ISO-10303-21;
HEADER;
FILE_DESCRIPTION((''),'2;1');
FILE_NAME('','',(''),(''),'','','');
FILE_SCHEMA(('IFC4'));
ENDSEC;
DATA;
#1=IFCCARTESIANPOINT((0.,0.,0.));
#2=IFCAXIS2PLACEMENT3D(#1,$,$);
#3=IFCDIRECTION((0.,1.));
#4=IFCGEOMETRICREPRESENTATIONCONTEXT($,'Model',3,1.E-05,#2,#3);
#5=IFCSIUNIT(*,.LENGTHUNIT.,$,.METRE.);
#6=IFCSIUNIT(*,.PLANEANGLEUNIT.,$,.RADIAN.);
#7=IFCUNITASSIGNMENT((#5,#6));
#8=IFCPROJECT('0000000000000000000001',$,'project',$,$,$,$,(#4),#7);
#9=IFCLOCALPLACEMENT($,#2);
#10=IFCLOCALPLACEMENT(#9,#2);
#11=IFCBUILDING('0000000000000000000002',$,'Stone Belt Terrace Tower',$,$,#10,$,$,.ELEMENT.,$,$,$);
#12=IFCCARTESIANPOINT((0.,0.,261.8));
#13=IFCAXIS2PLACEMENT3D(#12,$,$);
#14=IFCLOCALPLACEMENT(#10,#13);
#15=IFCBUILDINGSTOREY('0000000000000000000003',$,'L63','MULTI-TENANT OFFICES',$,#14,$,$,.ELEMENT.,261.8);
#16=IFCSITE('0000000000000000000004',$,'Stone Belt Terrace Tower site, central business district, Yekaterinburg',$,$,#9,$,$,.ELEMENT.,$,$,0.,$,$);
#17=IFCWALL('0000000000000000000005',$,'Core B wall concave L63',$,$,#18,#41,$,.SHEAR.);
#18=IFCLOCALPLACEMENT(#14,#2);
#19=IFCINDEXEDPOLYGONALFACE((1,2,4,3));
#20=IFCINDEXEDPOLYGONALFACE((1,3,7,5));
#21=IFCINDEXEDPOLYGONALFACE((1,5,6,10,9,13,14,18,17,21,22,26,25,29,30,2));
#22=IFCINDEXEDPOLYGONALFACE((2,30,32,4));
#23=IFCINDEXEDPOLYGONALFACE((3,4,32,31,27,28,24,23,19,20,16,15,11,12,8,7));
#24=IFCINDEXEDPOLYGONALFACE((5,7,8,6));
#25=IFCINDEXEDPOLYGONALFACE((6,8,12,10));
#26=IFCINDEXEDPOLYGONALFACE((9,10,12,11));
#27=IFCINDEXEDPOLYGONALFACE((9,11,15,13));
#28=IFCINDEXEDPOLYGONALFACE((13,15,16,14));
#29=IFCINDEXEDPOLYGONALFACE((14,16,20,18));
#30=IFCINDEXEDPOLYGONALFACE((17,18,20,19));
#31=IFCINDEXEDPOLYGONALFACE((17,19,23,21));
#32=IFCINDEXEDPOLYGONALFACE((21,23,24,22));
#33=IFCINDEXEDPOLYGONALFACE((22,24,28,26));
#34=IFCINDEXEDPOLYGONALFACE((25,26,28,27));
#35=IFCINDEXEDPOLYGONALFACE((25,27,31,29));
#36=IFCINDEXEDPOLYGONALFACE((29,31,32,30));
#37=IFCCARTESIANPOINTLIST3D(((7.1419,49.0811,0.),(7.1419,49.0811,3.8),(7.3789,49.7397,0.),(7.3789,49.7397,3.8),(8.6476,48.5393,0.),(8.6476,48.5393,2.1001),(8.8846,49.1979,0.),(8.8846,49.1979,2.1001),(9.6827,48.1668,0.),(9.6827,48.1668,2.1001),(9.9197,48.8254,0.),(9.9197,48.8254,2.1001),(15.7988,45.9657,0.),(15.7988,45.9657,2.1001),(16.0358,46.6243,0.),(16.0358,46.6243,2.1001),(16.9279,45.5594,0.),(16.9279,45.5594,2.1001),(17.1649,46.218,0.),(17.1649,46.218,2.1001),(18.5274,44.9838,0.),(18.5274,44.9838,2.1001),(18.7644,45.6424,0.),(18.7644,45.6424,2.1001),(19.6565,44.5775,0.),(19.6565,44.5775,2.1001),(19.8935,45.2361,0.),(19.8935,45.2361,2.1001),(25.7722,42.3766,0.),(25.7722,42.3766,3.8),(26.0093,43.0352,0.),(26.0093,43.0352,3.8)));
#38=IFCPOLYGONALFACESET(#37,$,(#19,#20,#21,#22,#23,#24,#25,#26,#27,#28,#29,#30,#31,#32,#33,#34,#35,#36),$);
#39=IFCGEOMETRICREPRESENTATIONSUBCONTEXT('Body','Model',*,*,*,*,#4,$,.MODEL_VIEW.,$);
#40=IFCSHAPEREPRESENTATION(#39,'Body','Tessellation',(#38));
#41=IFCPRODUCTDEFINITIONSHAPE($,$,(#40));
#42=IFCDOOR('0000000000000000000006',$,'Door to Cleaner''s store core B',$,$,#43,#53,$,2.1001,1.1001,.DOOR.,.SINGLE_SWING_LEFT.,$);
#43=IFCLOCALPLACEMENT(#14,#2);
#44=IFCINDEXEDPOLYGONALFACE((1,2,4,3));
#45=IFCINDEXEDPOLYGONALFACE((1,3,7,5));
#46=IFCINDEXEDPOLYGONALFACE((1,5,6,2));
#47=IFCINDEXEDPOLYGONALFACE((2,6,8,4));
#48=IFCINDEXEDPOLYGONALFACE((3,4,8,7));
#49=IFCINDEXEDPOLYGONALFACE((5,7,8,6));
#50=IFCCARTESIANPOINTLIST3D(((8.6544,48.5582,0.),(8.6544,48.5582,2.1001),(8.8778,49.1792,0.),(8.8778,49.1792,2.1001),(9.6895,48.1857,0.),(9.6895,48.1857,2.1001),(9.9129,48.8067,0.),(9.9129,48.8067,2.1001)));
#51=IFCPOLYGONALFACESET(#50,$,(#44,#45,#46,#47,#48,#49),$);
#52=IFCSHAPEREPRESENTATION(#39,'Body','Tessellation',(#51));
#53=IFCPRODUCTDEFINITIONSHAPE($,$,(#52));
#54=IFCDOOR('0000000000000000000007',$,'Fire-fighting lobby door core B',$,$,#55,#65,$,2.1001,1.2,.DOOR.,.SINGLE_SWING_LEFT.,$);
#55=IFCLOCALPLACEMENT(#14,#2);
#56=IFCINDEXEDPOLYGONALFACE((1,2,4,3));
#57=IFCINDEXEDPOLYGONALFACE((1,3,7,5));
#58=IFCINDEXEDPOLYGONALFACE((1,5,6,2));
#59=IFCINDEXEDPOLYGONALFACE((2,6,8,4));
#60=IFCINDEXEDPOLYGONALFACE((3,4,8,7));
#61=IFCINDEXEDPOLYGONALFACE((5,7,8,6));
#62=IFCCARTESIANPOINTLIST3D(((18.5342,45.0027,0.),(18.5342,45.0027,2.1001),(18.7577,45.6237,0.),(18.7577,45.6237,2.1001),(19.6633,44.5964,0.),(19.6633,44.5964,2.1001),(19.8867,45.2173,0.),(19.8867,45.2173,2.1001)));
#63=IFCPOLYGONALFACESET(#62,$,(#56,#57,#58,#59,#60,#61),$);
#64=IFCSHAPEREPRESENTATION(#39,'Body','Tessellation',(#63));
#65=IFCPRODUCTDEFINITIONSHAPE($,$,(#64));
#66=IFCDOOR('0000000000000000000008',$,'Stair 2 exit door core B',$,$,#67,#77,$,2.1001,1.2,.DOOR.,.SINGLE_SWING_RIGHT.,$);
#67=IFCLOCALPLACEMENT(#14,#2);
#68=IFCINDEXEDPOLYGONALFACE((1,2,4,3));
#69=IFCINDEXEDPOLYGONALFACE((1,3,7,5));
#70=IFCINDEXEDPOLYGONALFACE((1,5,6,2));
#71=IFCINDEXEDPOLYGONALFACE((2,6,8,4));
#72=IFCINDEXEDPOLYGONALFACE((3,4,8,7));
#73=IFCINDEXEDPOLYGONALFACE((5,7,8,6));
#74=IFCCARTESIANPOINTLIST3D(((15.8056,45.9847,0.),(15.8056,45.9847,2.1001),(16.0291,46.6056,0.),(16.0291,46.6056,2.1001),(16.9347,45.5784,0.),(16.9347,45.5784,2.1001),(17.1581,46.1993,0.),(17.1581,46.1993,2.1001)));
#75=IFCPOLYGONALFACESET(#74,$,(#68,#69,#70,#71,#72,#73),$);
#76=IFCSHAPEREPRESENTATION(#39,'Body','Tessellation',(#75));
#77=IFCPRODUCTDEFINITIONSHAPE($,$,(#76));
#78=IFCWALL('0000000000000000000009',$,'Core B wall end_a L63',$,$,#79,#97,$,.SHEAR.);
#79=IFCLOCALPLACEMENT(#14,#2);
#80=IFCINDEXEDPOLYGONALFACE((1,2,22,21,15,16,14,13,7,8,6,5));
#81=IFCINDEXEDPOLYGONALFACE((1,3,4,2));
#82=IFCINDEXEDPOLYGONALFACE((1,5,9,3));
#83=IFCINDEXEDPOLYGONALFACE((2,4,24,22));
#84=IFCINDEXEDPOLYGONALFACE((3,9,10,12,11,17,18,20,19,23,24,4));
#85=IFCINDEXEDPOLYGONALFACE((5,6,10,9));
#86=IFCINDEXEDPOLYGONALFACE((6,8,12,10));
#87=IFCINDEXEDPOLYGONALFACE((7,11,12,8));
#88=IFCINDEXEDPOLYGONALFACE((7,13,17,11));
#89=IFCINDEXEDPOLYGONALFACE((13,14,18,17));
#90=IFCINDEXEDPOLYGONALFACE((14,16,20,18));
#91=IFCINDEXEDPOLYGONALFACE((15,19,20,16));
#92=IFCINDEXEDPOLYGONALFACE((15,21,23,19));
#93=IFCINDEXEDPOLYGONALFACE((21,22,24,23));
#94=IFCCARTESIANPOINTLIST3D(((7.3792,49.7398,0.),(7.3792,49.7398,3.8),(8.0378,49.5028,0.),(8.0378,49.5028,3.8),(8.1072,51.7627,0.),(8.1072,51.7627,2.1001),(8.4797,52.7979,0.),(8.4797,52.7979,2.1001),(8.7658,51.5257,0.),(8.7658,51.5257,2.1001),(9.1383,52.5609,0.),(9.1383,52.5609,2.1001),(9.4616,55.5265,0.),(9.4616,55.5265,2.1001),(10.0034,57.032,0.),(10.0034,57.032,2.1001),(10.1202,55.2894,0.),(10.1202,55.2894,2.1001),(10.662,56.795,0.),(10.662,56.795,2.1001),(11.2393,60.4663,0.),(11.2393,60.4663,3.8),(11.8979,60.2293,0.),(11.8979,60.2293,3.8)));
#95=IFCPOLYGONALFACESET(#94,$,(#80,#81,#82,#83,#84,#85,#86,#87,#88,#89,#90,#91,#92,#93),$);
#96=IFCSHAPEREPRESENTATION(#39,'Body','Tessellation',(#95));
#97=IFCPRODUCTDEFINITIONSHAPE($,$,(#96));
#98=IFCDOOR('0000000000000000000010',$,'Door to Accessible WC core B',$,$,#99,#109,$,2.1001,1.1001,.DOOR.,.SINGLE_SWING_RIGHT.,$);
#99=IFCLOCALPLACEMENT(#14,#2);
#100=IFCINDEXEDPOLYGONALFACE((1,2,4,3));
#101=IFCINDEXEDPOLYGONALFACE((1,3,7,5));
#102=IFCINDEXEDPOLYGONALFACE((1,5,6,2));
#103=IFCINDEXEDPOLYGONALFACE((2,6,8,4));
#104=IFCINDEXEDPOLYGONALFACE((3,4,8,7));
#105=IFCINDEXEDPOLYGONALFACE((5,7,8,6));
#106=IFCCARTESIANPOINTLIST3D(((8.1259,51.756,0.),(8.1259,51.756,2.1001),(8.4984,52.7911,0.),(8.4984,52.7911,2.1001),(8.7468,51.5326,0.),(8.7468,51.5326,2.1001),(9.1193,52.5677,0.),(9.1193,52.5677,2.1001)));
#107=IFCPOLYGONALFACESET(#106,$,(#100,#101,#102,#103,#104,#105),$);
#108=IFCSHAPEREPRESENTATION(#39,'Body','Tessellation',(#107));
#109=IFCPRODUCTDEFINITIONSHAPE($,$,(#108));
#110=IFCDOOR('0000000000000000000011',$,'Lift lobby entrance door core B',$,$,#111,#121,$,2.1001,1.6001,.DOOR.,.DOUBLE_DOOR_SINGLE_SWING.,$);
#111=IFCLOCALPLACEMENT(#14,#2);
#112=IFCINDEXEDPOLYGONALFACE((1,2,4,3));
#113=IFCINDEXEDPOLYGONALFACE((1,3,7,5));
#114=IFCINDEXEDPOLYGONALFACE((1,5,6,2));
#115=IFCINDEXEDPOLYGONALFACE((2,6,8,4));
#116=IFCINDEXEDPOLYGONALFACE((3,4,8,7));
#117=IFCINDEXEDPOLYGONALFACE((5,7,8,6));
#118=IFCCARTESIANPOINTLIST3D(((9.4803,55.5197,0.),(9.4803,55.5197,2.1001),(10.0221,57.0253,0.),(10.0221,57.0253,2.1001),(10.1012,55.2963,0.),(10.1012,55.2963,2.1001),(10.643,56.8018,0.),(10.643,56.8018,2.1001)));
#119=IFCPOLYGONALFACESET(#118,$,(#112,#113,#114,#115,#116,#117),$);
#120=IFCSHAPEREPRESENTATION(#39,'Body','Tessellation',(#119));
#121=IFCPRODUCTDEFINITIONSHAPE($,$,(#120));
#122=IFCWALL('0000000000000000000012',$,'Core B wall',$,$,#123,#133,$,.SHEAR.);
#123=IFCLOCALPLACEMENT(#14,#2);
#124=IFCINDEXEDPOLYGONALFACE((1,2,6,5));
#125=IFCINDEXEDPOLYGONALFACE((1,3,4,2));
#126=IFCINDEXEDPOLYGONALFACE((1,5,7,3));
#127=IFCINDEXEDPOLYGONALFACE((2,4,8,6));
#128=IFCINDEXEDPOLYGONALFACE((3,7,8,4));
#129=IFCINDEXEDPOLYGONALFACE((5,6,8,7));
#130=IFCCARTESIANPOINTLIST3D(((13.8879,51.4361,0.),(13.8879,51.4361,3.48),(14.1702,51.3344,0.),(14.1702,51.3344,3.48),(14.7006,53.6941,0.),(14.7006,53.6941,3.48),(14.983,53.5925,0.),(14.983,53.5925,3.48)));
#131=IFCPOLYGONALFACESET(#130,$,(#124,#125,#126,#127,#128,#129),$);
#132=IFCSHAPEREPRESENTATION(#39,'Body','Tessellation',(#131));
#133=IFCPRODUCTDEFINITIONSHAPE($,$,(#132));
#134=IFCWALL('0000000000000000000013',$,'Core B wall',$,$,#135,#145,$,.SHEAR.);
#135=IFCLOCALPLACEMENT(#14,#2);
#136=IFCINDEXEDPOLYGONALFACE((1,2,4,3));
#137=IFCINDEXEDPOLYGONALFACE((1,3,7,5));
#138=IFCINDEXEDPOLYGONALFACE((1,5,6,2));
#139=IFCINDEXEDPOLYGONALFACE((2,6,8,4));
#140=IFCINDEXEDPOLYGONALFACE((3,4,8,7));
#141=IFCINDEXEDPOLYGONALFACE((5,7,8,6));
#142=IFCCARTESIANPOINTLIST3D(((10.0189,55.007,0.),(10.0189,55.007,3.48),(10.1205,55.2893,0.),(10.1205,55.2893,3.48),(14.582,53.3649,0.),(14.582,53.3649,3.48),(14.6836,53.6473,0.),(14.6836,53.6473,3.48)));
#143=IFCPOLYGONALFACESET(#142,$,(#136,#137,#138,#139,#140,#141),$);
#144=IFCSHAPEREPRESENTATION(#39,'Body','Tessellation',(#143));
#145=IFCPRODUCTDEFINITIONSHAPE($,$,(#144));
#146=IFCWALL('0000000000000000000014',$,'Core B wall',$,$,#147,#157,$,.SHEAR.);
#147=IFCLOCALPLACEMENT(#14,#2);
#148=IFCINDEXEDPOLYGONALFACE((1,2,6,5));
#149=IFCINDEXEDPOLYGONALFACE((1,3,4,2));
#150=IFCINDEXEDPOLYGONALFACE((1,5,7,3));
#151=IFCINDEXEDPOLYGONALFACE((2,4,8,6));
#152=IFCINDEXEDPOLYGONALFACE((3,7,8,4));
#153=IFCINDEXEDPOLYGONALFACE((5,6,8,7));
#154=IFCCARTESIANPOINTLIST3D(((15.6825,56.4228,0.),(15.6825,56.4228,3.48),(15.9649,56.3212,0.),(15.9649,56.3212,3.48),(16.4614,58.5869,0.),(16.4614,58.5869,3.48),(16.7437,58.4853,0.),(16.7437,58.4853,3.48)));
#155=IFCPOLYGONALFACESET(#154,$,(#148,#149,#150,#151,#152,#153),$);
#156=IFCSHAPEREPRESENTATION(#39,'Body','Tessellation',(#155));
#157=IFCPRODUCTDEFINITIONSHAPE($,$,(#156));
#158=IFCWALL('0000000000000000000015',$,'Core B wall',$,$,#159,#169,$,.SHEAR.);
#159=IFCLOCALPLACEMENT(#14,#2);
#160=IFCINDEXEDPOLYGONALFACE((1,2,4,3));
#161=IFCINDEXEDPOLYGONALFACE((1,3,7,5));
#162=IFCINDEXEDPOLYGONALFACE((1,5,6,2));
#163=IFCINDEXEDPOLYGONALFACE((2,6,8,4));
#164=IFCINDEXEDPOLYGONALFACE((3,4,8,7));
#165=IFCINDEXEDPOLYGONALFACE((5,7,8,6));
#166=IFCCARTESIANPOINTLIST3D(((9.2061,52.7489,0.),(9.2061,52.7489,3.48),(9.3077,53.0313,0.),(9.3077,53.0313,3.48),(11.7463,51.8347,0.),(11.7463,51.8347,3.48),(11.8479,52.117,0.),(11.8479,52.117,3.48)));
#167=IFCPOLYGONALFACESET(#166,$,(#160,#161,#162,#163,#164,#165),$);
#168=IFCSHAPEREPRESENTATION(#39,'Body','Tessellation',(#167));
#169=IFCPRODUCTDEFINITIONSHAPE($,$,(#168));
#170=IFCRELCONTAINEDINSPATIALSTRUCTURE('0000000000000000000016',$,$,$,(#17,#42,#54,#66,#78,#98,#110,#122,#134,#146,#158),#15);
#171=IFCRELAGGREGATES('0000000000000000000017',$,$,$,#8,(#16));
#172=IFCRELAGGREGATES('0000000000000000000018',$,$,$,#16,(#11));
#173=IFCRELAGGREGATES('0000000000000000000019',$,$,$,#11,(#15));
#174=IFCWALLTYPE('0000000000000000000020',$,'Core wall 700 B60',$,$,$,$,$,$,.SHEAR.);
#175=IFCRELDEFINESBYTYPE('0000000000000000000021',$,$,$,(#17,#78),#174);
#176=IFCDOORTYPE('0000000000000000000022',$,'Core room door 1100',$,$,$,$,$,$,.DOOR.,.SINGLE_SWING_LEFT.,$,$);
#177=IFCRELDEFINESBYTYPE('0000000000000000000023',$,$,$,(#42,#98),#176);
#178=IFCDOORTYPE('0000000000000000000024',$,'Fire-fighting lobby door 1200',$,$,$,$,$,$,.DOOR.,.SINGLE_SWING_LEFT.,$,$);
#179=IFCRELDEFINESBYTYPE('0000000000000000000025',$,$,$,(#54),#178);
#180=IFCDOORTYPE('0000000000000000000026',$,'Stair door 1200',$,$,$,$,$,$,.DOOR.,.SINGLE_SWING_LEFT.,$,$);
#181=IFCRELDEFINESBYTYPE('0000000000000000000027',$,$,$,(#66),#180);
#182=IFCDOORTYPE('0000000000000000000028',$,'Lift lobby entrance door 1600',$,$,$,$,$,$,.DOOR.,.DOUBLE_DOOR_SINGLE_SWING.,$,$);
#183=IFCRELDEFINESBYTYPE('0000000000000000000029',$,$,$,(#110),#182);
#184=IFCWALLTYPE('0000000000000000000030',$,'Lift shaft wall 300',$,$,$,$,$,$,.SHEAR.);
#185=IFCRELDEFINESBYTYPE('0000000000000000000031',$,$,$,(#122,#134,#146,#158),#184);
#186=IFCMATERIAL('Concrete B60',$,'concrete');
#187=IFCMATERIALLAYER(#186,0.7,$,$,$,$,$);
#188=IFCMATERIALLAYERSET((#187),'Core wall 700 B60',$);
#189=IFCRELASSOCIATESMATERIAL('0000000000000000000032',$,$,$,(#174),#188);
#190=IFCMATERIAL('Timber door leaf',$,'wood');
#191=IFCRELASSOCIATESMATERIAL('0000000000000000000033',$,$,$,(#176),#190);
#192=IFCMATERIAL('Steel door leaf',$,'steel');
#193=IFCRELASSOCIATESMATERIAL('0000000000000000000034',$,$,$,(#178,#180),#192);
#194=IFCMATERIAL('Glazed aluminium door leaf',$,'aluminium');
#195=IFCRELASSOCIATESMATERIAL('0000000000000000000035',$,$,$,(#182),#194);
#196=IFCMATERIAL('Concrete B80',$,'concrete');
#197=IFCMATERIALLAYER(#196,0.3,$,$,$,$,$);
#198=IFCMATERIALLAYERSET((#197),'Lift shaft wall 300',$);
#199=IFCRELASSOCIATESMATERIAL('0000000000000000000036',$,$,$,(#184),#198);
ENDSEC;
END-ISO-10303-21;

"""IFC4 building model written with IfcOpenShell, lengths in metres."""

from ifc_helpers import new_model, si_unit, direction, frame, frame_2d, origin, place, context, subcontext, project, spatial, rectangle, extrude, material, layer, layer_set, type_object, element, fill, save


model = new_model("IFC4")

# Units and contexts
model_context = context("Model", 3, precision=1e-05, world=origin(), true_north=direction((0.0, 1.0)))
body_context = subcontext(model_context, "Body", "Model", "MODEL_VIEW")
ifc_project = project(units=[si_unit("LENGTHUNIT", "METRE"), si_unit("PLANEANGLEUNIT", "RADIAN")], contexts=[model_context])

# Site, building, storey
site_placement = place(None, origin())
site = spatial("IfcSite", under=ifc_project, at=site_placement, Name="Stone Belt Terrace Tower site, central business district, Yekaterinburg", CompositionType="ELEMENT", RefElevation=0.0)
building_placement = place(site_placement, origin())
building = spatial("IfcBuilding", under=site, at=building_placement, Name="Stone Belt Terrace Tower", CompositionType="ELEMENT")
storey_placement = place(building_placement, frame((0.0, 0.0, 261.8)))
storey = spatial("IfcBuildingStorey", under=building, at=storey_placement, Name="L63", Description="MULTI-TENANT OFFICES", CompositionType="ELEMENT", Elevation=261.8)

# Shared definitions
ifc_material_1 = material(Name="Concrete B60", Category="concrete")

# Shared definitions
ifc_material_2 = material(Name="Glazed aluminium door leaf", Category="aluminium")

# Shared definitions
ifc_material_3 = material(Name="Timber door leaf", Category="wood")

# Walls, openings, doors
ifc_layer_1 = layer(ifc_material_1, 0.7)
ifc_layer_set_1 = layer_set([ifc_layer_1], Name="Core wall 700 B60")
wall_type_1 = type_object("IfcWallType", Name="Core wall 700 B60", PredefinedType="SHEAR", material=ifc_layer_set_1)
wall_1_placement = place(storey_placement, frame((7.2605, 49.4104, 0.0), z_axis=(0.0, 0.0, 1.0), x_axis=(0.940925, -0.338615, 0.0)))
wall_1 = element("IfcWall", 1, at=wall_1_placement, inside=storey, type_object=wall_type_1, Name="Core B wall concave L63", PredefinedType="SHEAR", context=body_context, shape_type="SweptSolid", body=[
    extrude(rectangle(XDim=19.8, YDim=0.7, at=frame_2d((9.8999, 0.0))), origin(), (0.0, 0.0, 1.0), 3.8),
])
opening_1_placement = place(wall_1_placement, frame((12.1001, 0.0, 0.0)))
opening_1 = element("IfcOpeningElement", 2, at=opening_1_placement, cuts=wall_1, PredefinedType="OPENING", context=body_context, shape_type="SweptSolid", body=[
    extrude(rectangle(XDim=1.2, YDim=2.1001, at=frame_2d((0.6001, 1.05))), frame((0.0, 0.3599, 0.0), z_axis=(0.0, -1.0, 0.0), x_axis=(1.0, 0.0, 0.0)), (0.0, 0.0, 1.0), 0.72),
])
opening_2_placement = place(wall_1_placement, frame((9.2002, 0.0, 0.0)))
opening_2 = element("IfcOpeningElement", 3, at=opening_2_placement, cuts=wall_1, PredefinedType="OPENING", context=body_context, shape_type="SweptSolid", body=[
    extrude(rectangle(XDim=1.2, YDim=2.1001, at=frame_2d((0.6001, 1.05))), frame((0.0, 0.3599, 0.0), z_axis=(0.0, -1.0, 0.0), x_axis=(1.0, 0.0, 0.0)), (0.0, 0.0, 1.0), 0.72),
])
opening_3_placement = place(wall_1_placement, frame((1.6001, 0.0, 0.0)))
opening_3 = element("IfcOpeningElement", 4, at=opening_3_placement, cuts=wall_1, PredefinedType="OPENING", context=body_context, shape_type="SweptSolid", body=[
    extrude(rectangle(XDim=1.1001, YDim=2.1001, at=frame_2d((0.55, 1.05))), frame((0.0, 0.3599, 0.0), z_axis=(0.0, -1.0, 0.0), x_axis=(1.0, 0.0, 0.0)), (0.0, 0.0, 1.0), 0.72),
])
door_type_1 = type_object("IfcDoorType", Name="Core room door 1100", OperationType="SINGLE_SWING_LEFT", PredefinedType="DOOR", material=ifc_material_3)
door_1_placement = place(opening_3_placement, origin())
door_1 = element("IfcDoor", 5, at=door_1_placement, inside=storey, type_object=door_type_1, Name="Door to Cleaner's store core B", OperationType="SINGLE_SWING_LEFT", OverallHeight=2.1001, OverallWidth=1.1001, PredefinedType="DOOR", context=body_context, shape_type="SweptSolid", body=[
    extrude(rectangle(XDim=1.1001, YDim=2.1001, at=frame_2d((0.55, 1.05))), frame((0.0, 0.3301, 0.0), z_axis=(0.0, -1.0, 0.0), x_axis=(1.0, 0.0, 0.0)), (0.0, 0.0, 1.0), 0.6599),
])
fill(opening_3, door_1)
ifc_material_4 = material(Name="Steel door leaf", Category="steel")
door_type_2 = type_object("IfcDoorType", Name="Fire-fighting lobby door 1200", OperationType="SINGLE_SWING_LEFT", PredefinedType="DOOR", material=ifc_material_4)
door_2_placement = place(opening_1_placement, origin())
door_2 = element("IfcDoor", 6, at=door_2_placement, inside=storey, type_object=door_type_2, Name="Fire-fighting lobby door core B", OperationType="SINGLE_SWING_LEFT", OverallHeight=2.1001, OverallWidth=1.2, PredefinedType="DOOR", context=body_context, shape_type="SweptSolid", body=[
    extrude(rectangle(XDim=1.2, YDim=2.1001, at=frame_2d((0.6001, 1.05))), frame((0.0, 0.3301, 0.0), z_axis=(0.0, -1.0, 0.0), x_axis=(1.0, 0.0, 0.0)), (0.0, 0.0, 1.0), 0.6599),
])
fill(opening_1, door_2)
door_type_3 = type_object("IfcDoorType", Name="Stair door 1200", OperationType="SINGLE_SWING_LEFT", PredefinedType="DOOR", material=ifc_material_4)
door_3_placement = place(opening_2_placement, origin())
door_3 = element("IfcDoor", 7, at=door_3_placement, inside=storey, type_object=door_type_3, Name="Stair 2 exit door core B", OperationType="SINGLE_SWING_RIGHT", OverallHeight=2.1001, OverallWidth=1.2, PredefinedType="DOOR", context=body_context, shape_type="SweptSolid", body=[
    extrude(rectangle(XDim=1.2, YDim=2.1001, at=frame_2d((0.6001, 1.05))), frame((0.0, 0.3301, 0.0), z_axis=(0.0, -1.0, 0.0), x_axis=(1.0, 0.0, 0.0)), (0.0, 0.0, 1.0), 0.6599),
])
fill(opening_2, door_3)
wall_2_placement = place(storey_placement, frame((7.7085, 49.6213, 0.0), z_axis=(0.0, 0.0, 1.0), x_axis=(0.338606, 0.940928, 0.0)))
wall_2 = element("IfcWall", 8, at=wall_2_placement, inside=storey, type_object=wall_type_1, Name="Core B wall end_a L63", PredefinedType="SHEAR", context=body_context, shape_type="SweptSolid", body=[
    extrude(rectangle(XDim=11.3999, YDim=0.7, at=frame_2d((5.7, 0.0))), origin(), (0.0, 0.0, 1.0), 3.8),
])
opening_4_placement = place(wall_2_placement, frame((6.1499, 0.0, 0.0)))
opening_4 = element("IfcOpeningElement", 9, at=opening_4_placement, cuts=wall_2, PredefinedType="OPENING", context=body_context, shape_type="SweptSolid", body=[
    extrude(rectangle(XDim=1.6001, YDim=2.1001, at=frame_2d((0.8, 1.05))), frame((0.0, 0.3599, 0.0), z_axis=(0.0, -1.0, 0.0), x_axis=(1.0, 0.0, 0.0)), (0.0, 0.0, 1.0), 0.72),
])
opening_5_placement = place(wall_2_placement, frame((2.1499, 0.0, 0.0)))
opening_5 = element("IfcOpeningElement", 10, at=opening_5_placement, cuts=wall_2, PredefinedType="OPENING", context=body_context, shape_type="SweptSolid", body=[
    extrude(rectangle(XDim=1.1001, YDim=2.1001, at=frame_2d((0.55, 1.05))), frame((0.0, 0.3599, 0.0), z_axis=(0.0, -1.0, 0.0), x_axis=(1.0, 0.0, 0.0)), (0.0, 0.0, 1.0), 0.72),
])
door_4_placement = place(opening_5_placement, origin())
door_4 = element("IfcDoor", 11, at=door_4_placement, inside=storey, type_object=door_type_1, Name="Door to Accessible WC core B", OperationType="SINGLE_SWING_RIGHT", OverallHeight=2.1001, OverallWidth=1.1001, PredefinedType="DOOR", context=body_context, shape_type="SweptSolid", body=[
    extrude(rectangle(XDim=1.1001, YDim=2.1001, at=frame_2d((0.55, 1.05))), frame((0.0, 0.3301, 0.0), z_axis=(0.0, -1.0, 0.0), x_axis=(1.0, 0.0, 0.0)), (0.0, 0.0, 1.0), 0.6599),
])
fill(opening_5, door_4)
door_type_4 = type_object("IfcDoorType", Name="Lift lobby entrance door 1600", OperationType="DOUBLE_DOOR_SINGLE_SWING", PredefinedType="DOOR", material=ifc_material_2)
door_5_placement = place(opening_4_placement, origin())
door_5 = element("IfcDoor", 12, at=door_5_placement, inside=storey, type_object=door_type_4, Name="Lift lobby entrance door core B", OperationType="DOUBLE_DOOR_SINGLE_SWING", OverallHeight=2.1001, OverallWidth=1.6001, PredefinedType="DOOR", context=body_context, shape_type="SweptSolid", body=[
    extrude(rectangle(XDim=1.6001, YDim=2.1001, at=frame_2d((0.8, 1.05))), frame((0.0, 0.3301, 0.0), z_axis=(0.0, -1.0, 0.0), x_axis=(1.0, 0.0, 0.0)), (0.0, 0.0, 1.0), 0.6599),
])
fill(opening_4, door_5)

# Walls
ifc_material_5 = material(Name="Concrete B80", Category="concrete")
ifc_layer_2 = layer(ifc_material_5, 0.3)
ifc_layer_set_2 = layer_set([ifc_layer_2], Name="Lift shaft wall 300")
wall_type_2 = type_object("IfcWallType", Name="Lift shaft wall 300", PredefinedType="SHEAR", material=ifc_layer_set_2)
wall_3_placement = place(storey_placement, frame((14.0291, 51.3853, 0.0), z_axis=(0.0, 0.0, 1.0), x_axis=(0.338662, 0.940908, 0.0)))
element("IfcWall", 13, at=wall_3_placement, inside=storey, type_object=wall_type_2, Name="Core B wall", PredefinedType="SHEAR", context=body_context, shape_type="SweptSolid", body=[
    extrude(rectangle(XDim=2.3999, YDim=0.3, at=frame_2d((1.2, 0.0))), origin(), (0.0, 0.0, 1.0), 3.48),
])
wall_4_placement = place(storey_placement, frame((14.6328, 53.5061, 0.0), z_axis=(0.0, 0.0, 1.0), x_axis=(-0.940932, 0.338596, 0.0)))
element("IfcWall", 14, at=wall_4_placement, inside=storey, type_object=wall_type_2, Name="Core B wall", PredefinedType="SHEAR", context=body_context, shape_type="SweptSolid", body=[
    extrude(rectangle(XDim=4.8496, YDim=0.3, at=frame_2d((2.4248, 0.0))), origin(), (0.0, 0.0, 1.0), 3.48),
])
wall_5_placement = place(storey_placement, frame((15.8237, 56.3721, 0.0), z_axis=(0.0, 0.0, 1.0), x_axis=(0.338622, 0.940923, 0.0)))
element("IfcWall", 15, at=wall_5_placement, inside=storey, type_object=wall_type_2, Name="Core B wall", PredefinedType="SHEAR", context=body_context, shape_type="SweptSolid", body=[
    extrude(rectangle(XDim=2.3, YDim=0.3, at=frame_2d((1.1499, 0.0))), origin(), (0.0, 0.0, 1.0), 3.48),
])
wall_6_placement = place(storey_placement, frame((11.7971, 51.9758, 0.0), z_axis=(0.0, 0.0, 1.0), x_axis=(-0.94091, 0.338655, 0.0)))
element("IfcWall", 16, at=wall_6_placement, inside=storey, type_object=wall_type_2, Name="Core B wall", PredefinedType="SHEAR", context=body_context, shape_type="SweptSolid", body=[
    extrude(rectangle(XDim=2.6997, YDim=0.3, at=frame_2d((1.3499, 0.0))), origin(), (0.0, 0.0, 1.0), 3.48),
])

save(model, "model.ifc")
